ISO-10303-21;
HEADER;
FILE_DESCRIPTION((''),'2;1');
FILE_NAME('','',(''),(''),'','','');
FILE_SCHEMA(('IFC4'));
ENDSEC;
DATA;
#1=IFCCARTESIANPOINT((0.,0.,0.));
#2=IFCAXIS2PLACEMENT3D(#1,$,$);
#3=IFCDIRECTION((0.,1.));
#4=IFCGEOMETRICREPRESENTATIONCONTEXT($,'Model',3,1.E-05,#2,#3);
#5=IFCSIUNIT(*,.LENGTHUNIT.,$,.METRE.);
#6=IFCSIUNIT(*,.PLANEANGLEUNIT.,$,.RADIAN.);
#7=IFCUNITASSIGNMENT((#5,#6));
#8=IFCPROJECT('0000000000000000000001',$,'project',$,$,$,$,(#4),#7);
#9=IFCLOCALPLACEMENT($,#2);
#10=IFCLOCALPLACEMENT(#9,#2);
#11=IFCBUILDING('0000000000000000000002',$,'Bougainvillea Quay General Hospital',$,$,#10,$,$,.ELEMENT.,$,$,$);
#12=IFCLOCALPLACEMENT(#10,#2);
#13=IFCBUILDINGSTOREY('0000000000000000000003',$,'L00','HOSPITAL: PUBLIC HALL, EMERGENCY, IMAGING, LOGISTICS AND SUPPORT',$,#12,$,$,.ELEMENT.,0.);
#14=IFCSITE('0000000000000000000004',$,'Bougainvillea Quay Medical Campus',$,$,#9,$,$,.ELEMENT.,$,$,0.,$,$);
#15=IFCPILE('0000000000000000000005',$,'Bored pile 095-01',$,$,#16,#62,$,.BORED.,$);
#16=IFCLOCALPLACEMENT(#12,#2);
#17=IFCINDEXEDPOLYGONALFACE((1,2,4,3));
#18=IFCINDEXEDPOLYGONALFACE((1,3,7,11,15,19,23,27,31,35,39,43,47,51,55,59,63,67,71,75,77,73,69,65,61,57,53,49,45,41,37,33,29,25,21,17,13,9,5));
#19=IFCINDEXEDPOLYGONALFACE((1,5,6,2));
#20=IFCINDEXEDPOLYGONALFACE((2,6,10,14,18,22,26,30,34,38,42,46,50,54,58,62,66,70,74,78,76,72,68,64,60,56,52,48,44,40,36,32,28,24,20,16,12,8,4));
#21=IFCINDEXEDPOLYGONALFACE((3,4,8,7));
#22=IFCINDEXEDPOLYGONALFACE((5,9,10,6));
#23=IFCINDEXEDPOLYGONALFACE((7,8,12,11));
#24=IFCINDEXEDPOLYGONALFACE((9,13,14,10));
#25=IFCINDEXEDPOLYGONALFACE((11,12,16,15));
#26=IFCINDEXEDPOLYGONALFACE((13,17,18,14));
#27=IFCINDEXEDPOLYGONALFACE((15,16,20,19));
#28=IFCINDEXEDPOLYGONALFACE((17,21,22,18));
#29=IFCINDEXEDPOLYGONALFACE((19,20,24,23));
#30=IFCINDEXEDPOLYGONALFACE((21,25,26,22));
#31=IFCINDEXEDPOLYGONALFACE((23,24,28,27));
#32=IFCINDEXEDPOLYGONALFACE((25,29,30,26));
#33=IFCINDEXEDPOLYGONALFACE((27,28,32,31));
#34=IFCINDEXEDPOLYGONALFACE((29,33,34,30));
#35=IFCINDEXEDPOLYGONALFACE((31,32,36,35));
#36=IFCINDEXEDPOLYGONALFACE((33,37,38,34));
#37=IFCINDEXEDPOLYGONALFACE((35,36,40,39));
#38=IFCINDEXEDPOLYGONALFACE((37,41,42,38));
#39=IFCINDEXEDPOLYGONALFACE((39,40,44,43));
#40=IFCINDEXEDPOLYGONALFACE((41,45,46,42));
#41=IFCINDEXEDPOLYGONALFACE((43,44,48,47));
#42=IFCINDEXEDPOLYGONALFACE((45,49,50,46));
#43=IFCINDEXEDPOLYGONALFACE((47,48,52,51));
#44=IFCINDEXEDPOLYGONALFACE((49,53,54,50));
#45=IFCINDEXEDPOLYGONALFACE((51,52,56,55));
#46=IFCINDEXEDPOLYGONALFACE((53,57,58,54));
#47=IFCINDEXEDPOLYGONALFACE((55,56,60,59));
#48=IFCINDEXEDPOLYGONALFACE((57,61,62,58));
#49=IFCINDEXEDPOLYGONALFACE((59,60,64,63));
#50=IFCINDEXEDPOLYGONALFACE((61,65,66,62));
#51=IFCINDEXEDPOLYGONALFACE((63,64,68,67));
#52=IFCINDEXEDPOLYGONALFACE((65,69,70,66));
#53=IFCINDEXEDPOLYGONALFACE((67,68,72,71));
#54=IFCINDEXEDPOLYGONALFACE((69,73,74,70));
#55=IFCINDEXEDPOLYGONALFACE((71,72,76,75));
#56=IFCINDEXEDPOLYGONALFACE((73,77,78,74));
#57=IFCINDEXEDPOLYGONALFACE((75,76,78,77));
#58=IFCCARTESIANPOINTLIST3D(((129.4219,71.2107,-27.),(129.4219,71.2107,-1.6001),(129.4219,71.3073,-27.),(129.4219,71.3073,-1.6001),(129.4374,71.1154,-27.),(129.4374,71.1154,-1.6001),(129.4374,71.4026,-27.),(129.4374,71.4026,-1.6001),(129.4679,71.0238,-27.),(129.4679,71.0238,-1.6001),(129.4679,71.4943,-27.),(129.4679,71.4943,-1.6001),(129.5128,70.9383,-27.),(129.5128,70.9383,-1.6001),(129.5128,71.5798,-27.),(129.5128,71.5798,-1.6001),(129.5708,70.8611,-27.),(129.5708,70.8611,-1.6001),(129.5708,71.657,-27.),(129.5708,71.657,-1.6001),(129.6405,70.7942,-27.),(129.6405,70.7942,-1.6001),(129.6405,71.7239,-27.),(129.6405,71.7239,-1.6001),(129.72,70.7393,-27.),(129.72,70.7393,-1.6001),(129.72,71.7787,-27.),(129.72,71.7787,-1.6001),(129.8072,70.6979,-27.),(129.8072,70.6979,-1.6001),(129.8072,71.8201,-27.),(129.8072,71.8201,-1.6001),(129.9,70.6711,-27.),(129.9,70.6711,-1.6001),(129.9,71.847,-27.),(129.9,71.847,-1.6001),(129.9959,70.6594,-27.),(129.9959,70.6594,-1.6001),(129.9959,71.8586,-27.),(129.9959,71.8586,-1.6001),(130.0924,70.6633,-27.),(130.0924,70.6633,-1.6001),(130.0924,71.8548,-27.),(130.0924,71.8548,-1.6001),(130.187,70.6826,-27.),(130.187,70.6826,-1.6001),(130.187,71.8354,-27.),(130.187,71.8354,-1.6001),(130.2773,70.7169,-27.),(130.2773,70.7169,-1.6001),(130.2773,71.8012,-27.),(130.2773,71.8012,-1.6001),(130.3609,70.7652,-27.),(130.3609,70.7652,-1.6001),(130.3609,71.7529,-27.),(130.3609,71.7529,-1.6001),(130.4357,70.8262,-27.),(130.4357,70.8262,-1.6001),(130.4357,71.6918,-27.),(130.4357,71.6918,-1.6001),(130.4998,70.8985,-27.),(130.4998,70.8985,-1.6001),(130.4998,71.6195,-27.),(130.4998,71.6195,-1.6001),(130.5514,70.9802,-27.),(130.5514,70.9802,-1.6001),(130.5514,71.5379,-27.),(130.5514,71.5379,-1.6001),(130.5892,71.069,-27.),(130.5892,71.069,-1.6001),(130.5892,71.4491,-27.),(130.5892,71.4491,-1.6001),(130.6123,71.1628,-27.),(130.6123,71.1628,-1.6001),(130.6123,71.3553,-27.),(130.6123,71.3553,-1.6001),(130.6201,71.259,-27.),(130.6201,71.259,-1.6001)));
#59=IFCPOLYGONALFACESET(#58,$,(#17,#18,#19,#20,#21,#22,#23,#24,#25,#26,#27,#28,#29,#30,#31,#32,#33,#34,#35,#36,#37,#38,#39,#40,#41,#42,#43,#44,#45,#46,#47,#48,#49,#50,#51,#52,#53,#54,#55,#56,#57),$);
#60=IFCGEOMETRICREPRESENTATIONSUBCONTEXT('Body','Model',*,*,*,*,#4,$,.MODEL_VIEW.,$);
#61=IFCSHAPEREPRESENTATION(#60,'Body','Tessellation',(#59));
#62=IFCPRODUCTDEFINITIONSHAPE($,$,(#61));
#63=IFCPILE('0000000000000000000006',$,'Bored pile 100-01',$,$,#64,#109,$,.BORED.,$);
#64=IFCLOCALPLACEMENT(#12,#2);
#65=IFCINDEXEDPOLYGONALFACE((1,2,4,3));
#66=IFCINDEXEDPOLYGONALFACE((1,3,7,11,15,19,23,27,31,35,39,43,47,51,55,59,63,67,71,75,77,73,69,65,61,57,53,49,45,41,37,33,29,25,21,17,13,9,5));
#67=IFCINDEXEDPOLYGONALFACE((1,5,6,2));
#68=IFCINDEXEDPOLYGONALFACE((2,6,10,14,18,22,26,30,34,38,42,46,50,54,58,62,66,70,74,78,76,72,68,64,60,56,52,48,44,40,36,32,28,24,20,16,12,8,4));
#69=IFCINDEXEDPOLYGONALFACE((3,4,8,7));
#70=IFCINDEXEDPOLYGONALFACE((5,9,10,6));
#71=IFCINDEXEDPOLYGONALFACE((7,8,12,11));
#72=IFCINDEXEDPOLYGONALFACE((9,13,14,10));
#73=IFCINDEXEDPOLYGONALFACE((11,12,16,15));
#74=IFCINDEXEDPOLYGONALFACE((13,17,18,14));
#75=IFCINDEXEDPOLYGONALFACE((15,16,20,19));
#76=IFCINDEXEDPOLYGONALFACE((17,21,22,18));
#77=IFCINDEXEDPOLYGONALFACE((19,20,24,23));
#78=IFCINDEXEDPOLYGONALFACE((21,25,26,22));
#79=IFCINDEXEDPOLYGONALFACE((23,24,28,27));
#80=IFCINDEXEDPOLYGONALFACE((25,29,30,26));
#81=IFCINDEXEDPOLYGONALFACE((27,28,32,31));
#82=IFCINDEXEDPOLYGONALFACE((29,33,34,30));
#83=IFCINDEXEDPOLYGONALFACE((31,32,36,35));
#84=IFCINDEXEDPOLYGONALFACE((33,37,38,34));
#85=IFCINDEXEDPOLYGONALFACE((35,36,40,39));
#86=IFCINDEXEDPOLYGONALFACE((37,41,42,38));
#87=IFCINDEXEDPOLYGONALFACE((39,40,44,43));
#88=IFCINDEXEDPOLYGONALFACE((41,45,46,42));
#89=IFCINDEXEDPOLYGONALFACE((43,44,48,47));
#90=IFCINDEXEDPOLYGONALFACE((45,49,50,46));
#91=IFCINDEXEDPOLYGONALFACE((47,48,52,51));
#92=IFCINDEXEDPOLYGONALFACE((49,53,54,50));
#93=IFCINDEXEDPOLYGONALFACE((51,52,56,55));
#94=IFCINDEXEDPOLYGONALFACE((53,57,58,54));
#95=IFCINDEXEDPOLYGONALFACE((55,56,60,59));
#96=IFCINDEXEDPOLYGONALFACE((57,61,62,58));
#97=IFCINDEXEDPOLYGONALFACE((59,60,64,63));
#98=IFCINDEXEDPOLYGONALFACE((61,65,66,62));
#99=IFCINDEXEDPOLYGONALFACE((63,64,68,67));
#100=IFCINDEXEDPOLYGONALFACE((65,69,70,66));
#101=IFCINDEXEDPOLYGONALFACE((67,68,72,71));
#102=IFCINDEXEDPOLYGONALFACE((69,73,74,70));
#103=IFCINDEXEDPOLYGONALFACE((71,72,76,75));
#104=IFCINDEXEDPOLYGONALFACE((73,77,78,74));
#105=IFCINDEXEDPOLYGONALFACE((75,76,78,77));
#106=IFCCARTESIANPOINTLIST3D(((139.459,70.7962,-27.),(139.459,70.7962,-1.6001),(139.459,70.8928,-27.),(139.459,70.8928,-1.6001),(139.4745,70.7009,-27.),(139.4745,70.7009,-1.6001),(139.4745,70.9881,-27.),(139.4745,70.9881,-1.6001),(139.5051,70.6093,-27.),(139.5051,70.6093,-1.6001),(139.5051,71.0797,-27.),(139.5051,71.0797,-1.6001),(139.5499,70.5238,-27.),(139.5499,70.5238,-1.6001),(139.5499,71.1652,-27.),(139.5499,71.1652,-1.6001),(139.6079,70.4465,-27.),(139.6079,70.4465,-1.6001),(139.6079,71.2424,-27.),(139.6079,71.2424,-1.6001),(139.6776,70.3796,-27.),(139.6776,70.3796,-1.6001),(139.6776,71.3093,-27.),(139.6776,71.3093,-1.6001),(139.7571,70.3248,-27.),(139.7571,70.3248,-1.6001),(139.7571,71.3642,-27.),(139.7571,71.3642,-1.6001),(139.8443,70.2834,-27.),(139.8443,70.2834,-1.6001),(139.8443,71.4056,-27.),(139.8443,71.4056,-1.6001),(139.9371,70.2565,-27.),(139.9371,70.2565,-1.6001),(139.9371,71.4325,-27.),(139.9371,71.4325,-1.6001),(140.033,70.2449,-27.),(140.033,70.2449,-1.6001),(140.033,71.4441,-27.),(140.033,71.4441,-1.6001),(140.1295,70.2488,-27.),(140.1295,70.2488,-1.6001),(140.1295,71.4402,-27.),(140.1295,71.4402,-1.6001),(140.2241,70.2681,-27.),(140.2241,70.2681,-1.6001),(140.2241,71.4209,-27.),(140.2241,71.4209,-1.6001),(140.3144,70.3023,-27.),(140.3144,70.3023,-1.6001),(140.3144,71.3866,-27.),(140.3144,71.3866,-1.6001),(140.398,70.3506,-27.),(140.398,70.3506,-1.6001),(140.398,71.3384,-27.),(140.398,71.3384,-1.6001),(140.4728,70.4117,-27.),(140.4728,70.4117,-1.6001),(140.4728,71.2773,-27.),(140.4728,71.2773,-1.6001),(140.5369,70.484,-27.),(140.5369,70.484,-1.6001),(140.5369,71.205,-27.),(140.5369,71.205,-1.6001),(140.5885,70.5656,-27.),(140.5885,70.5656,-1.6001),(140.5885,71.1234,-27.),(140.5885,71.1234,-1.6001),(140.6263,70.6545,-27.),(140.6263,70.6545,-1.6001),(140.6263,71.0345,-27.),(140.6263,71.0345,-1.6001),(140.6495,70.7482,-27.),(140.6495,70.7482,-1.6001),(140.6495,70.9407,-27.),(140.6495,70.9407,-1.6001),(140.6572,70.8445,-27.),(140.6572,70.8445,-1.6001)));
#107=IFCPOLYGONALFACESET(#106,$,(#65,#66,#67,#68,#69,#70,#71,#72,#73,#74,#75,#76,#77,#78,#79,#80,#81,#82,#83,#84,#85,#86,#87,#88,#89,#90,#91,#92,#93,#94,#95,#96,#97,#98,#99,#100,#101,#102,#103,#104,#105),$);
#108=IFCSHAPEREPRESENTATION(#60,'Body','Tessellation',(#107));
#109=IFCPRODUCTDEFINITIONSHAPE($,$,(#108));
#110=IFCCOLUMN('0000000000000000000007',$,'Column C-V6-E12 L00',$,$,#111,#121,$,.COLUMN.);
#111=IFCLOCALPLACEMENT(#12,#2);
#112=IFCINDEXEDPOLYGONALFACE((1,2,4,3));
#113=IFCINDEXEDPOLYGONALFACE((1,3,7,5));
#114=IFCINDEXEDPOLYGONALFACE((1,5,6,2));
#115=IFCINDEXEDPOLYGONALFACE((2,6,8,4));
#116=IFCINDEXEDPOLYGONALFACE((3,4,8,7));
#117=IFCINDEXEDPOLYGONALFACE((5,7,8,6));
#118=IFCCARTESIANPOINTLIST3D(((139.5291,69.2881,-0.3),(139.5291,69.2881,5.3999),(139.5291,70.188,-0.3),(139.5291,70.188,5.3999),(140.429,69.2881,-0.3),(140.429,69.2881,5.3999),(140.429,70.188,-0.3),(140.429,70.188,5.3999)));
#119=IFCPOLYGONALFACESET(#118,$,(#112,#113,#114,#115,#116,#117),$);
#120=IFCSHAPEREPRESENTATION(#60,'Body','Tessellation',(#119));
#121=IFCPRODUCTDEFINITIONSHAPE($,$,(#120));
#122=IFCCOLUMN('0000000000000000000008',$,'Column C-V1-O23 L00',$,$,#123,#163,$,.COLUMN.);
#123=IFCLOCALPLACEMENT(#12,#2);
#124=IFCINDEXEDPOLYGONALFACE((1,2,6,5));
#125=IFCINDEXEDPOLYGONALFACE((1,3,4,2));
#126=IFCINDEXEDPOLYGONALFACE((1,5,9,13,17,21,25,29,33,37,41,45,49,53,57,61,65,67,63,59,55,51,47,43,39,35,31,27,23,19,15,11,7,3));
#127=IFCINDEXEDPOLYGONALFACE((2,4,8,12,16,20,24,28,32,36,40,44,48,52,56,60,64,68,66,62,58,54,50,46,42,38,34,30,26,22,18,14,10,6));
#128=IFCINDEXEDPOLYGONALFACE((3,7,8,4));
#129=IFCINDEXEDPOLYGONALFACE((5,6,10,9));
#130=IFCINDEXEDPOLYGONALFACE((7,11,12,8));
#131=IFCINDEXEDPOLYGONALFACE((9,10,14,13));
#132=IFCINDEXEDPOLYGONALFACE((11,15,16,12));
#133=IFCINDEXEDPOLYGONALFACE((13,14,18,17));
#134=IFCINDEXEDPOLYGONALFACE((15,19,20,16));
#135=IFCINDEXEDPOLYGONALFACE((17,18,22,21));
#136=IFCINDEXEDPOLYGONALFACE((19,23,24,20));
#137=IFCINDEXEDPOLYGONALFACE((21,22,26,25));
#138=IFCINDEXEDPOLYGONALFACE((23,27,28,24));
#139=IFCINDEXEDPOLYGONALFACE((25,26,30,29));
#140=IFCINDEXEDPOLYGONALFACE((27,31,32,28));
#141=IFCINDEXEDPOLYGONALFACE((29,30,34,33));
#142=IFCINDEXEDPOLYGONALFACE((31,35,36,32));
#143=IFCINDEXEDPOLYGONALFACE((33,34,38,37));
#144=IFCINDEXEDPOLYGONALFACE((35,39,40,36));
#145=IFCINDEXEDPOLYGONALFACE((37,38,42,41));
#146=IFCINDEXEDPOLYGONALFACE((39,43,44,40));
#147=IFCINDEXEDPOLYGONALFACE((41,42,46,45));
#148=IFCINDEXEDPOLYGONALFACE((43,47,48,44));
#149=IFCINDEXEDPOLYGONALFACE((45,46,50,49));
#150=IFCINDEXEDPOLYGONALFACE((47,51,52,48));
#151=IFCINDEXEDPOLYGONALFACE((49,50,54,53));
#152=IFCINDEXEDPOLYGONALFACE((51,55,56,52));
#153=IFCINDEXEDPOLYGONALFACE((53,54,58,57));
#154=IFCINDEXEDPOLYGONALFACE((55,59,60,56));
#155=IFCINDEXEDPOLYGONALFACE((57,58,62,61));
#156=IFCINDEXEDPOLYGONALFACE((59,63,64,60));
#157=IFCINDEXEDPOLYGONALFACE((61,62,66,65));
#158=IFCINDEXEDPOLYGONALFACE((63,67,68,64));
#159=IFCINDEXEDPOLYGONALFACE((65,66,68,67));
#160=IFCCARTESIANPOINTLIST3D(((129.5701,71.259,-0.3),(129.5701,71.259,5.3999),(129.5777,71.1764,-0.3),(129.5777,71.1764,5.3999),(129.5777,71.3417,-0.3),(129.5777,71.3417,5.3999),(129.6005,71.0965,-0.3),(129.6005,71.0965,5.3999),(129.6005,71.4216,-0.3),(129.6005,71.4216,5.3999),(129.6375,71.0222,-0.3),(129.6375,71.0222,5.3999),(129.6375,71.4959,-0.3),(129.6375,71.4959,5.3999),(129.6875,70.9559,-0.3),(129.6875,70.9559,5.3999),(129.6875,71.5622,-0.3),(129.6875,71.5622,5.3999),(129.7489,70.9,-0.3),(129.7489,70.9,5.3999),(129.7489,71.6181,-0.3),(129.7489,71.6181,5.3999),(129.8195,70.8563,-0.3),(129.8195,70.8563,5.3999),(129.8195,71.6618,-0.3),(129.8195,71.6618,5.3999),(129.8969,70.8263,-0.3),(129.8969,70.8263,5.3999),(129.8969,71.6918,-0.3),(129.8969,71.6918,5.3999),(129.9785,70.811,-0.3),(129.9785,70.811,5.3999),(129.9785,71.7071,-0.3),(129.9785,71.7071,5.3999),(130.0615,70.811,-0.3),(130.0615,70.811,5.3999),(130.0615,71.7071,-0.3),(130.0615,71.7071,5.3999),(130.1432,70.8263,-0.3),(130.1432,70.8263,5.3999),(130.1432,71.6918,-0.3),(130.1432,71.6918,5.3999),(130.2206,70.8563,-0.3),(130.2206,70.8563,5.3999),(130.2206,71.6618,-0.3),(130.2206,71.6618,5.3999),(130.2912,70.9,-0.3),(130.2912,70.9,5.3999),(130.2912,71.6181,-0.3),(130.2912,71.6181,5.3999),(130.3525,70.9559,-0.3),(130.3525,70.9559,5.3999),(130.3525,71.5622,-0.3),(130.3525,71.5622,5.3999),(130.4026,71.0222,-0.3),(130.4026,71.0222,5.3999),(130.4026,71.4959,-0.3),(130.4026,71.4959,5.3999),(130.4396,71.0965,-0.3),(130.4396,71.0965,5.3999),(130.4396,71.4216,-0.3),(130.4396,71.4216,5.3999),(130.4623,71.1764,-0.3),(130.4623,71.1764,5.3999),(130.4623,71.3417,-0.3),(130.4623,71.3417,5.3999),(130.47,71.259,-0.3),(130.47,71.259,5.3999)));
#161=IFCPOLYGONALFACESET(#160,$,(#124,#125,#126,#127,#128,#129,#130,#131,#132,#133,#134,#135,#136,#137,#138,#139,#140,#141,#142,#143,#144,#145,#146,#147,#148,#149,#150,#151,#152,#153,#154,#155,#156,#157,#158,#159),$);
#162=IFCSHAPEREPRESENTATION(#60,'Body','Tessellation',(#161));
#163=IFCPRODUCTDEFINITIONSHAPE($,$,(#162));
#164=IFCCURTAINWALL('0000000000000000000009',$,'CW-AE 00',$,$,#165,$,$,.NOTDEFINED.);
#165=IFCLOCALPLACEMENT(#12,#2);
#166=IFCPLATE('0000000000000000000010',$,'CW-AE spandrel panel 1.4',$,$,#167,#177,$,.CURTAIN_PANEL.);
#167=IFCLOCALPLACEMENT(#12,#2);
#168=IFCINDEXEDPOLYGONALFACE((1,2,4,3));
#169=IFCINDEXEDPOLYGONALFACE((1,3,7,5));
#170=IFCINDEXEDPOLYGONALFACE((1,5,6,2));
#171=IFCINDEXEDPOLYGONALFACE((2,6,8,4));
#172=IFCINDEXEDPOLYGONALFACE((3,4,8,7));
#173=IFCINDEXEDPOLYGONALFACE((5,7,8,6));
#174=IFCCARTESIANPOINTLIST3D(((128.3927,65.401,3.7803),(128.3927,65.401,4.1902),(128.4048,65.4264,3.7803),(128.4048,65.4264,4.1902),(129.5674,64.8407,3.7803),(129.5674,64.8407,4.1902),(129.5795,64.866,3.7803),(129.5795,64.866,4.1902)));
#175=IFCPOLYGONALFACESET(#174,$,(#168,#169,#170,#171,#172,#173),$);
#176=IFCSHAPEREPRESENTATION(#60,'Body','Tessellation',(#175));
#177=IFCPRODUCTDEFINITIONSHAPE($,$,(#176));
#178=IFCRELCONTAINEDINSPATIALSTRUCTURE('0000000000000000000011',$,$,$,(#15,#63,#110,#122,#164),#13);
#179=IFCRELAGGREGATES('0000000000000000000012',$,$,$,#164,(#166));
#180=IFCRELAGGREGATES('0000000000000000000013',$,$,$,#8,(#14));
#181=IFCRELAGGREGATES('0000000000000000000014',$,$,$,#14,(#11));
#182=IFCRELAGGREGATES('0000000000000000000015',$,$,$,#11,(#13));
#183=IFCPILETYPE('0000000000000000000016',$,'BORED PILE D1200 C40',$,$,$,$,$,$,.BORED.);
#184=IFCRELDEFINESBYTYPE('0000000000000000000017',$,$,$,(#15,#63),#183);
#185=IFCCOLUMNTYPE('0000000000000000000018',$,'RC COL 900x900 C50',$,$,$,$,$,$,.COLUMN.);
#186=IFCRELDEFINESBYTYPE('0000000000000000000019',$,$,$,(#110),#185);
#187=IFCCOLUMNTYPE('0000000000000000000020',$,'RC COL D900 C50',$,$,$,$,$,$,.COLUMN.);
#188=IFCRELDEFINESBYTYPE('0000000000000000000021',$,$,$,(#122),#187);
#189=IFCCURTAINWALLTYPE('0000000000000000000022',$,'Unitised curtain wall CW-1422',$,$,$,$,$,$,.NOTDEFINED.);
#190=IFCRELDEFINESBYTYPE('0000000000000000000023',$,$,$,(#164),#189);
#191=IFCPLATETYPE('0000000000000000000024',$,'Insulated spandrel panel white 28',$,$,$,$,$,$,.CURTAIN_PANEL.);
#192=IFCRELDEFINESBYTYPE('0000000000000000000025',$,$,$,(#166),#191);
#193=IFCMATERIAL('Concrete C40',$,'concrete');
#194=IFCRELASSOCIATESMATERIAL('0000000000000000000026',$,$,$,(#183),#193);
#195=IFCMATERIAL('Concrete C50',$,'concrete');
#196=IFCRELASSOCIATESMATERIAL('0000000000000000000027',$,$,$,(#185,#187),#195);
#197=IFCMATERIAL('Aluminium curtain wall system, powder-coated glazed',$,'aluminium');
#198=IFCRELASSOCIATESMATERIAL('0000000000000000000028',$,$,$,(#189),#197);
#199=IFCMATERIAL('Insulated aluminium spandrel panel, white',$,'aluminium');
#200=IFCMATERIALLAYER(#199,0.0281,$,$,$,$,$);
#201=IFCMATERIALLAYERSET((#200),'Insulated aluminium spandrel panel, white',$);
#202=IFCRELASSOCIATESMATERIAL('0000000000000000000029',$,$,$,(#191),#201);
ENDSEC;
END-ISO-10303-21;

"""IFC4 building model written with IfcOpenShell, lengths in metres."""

from ifc_helpers import new_model, si_unit, direction, frame, origin, origin_2d, place, context, subcontext, project, spatial, rectangle, circle, extrude, material, layer, layer_set, material_profile, profile_set, type_object, element, aggregate, save


model = new_model("IFC4")

# Units and contexts
model_context = context("Model", 3, precision=1e-05, world=origin(), true_north=direction((0.0, 1.0)))
body_context = subcontext(model_context, "Body", "Model", "MODEL_VIEW")
ifc_project = project(units=[si_unit("LENGTHUNIT", "METRE"), si_unit("PLANEANGLEUNIT", "RADIAN")], contexts=[model_context])

# Site, building, storey
site_placement = place(None, origin())
site = spatial("IfcSite", under=ifc_project, at=site_placement, Name="Bougainvillea Quay Medical Campus", CompositionType="ELEMENT", RefElevation=0.0)
building_placement = place(site_placement, origin())
building = spatial("IfcBuilding", under=site, at=building_placement, Name="Bougainvillea Quay General Hospital", CompositionType="ELEMENT")
storey_placement = place(building_placement, origin())
storey = spatial("IfcBuildingStorey", under=building, at=storey_placement, Name="L00", Description="HOSPITAL: PUBLIC HALL, EMERGENCY, IMAGING, LOGISTICS AND SUPPORT", CompositionType="ELEMENT", Elevation=0.0)

# Piles
ifc_material_1 = material(Name="Concrete C40", Category="concrete")
ifc_material_profile_1 = material_profile(ifc_material_1, circle(Radius=0.6001, at=origin_2d()))
ifc_profile_set_1 = profile_set([ifc_material_profile_1], Name="Concrete C40")
pile_type = type_object("IfcPileType", Name="BORED PILE D1200 C40", PredefinedType="BORED", material=ifc_profile_set_1)
for number, where, z_axis, x_axis, name in (
    (1, (130.02, 71.259, -1.6001), (0.0, 0.0, -1.0), (1.0, 0.0, 0.0), "Bored pile 095-01"),
    (2, (140.0571, 70.8445, -1.6001), (0.0, 0.0, -1.0), (1.0, 0.0, 0.0), "Bored pile 100-01"),
):
    element("IfcPile", number, at=place(storey_placement, frame(where, z_axis=z_axis, x_axis=x_axis)), inside=storey, type_object=pile_type, Name=name, PredefinedType="BORED", context=body_context, shape_type="SweptSolid", body=[
        extrude(circle(Radius=0.6001, at=origin_2d()), origin(), (0.0, 0.0, 1.0), 25.3999),
    ])

# Columns
ifc_material_2 = material(Name="Concrete C50", Category="concrete")
ifc_material_profile_2 = material_profile(ifc_material_2, rectangle(XDim=0.8999, YDim=0.8999, at=origin_2d()))
ifc_profile_set_2 = profile_set([ifc_material_profile_2], Name="Concrete C50")
column_type_1 = type_object("IfcColumnType", Name="RC COL 900x900 C50", PredefinedType="COLUMN", material=ifc_profile_set_2)
column_1_placement = place(storey_placement, frame((139.979, 69.738, -0.3), z_axis=(0.0, 0.0, 1.0), x_axis=(1.0, 0.0, 0.0)))
element("IfcColumn", 3, at=column_1_placement, inside=storey, type_object=column_type_1, Name="Column C-V6-E12 L00", PredefinedType="COLUMN", context=body_context, shape_type="SweptSolid", body=[
    extrude(rectangle(XDim=0.8999, YDim=0.8999, at=origin_2d()), origin(), (0.0, 0.0, 1.0), 5.7),
])
ifc_material_profile_3 = material_profile(ifc_material_2, circle(Radius=0.45, at=origin_2d()))
ifc_profile_set_3 = profile_set([ifc_material_profile_3], Name="Concrete C50")
column_type_2 = type_object("IfcColumnType", Name="RC COL D900 C50", PredefinedType="COLUMN", material=ifc_profile_set_3)
column_2_placement = place(storey_placement, frame((130.02, 71.259, -0.3), z_axis=(0.0, 0.0, 1.0), x_axis=(1.0, 0.0, 0.0)))
element("IfcColumn", 4, at=column_2_placement, inside=storey, type_object=column_type_2, Name="Column C-V1-O23 L00", PredefinedType="COLUMN", context=body_context, shape_type="SweptSolid", body=[
    extrude(circle(Radius=0.45, at=origin_2d()), origin(), (0.0, 0.0, 1.0), 5.7),
])

# Curtain wall, plate
ifc_material_3 = material(Name="Aluminium curtain wall system, powder-coated glazed", Category="aluminium")
curtain_wall_type = type_object("IfcCurtainWallType", Name="Unitised curtain wall CW-1422", PredefinedType="NOTDEFINED", material=ifc_material_3)
curtain_wall_placement = place(storey_placement, origin())
curtain_wall = element("IfcCurtainWall", 5, at=curtain_wall_placement, inside=storey, type_object=curtain_wall_type, Name="CW-AE 00", PredefinedType="NOTDEFINED")
ifc_material_4 = material(Name="Insulated aluminium spandrel panel, white", Category="aluminium")
ifc_layer_1 = layer(ifc_material_4, 0.0281)
ifc_layer_set_1 = layer_set([ifc_layer_1], Name="Insulated aluminium spandrel panel, white")
plate_type = type_object("IfcPlateType", Name="Insulated spandrel panel white 28", PredefinedType="CURTAIN_PANEL", material=ifc_layer_set_1)
plate_placement = place(storey_placement, frame((128.9861, 65.1335, 3.7803), z_axis=(0.0, 0.0, 1.0), x_axis=(0.902574, -0.430534, 0.0)))
plate = element("IfcPlate", 6, at=plate_placement, type_object=plate_type, Name="CW-AE spandrel panel 1.4", PredefinedType="CURTAIN_PANEL", context=body_context, shape_type="SweptSolid", body=[
    extrude(rectangle(XDim=1.3015, YDim=0.0281, at=origin_2d()), origin(), (0.0, 0.0, 1.0), 0.4099),
])
aggregate(curtain_wall, [plate])

save(model, "model.ifc")
